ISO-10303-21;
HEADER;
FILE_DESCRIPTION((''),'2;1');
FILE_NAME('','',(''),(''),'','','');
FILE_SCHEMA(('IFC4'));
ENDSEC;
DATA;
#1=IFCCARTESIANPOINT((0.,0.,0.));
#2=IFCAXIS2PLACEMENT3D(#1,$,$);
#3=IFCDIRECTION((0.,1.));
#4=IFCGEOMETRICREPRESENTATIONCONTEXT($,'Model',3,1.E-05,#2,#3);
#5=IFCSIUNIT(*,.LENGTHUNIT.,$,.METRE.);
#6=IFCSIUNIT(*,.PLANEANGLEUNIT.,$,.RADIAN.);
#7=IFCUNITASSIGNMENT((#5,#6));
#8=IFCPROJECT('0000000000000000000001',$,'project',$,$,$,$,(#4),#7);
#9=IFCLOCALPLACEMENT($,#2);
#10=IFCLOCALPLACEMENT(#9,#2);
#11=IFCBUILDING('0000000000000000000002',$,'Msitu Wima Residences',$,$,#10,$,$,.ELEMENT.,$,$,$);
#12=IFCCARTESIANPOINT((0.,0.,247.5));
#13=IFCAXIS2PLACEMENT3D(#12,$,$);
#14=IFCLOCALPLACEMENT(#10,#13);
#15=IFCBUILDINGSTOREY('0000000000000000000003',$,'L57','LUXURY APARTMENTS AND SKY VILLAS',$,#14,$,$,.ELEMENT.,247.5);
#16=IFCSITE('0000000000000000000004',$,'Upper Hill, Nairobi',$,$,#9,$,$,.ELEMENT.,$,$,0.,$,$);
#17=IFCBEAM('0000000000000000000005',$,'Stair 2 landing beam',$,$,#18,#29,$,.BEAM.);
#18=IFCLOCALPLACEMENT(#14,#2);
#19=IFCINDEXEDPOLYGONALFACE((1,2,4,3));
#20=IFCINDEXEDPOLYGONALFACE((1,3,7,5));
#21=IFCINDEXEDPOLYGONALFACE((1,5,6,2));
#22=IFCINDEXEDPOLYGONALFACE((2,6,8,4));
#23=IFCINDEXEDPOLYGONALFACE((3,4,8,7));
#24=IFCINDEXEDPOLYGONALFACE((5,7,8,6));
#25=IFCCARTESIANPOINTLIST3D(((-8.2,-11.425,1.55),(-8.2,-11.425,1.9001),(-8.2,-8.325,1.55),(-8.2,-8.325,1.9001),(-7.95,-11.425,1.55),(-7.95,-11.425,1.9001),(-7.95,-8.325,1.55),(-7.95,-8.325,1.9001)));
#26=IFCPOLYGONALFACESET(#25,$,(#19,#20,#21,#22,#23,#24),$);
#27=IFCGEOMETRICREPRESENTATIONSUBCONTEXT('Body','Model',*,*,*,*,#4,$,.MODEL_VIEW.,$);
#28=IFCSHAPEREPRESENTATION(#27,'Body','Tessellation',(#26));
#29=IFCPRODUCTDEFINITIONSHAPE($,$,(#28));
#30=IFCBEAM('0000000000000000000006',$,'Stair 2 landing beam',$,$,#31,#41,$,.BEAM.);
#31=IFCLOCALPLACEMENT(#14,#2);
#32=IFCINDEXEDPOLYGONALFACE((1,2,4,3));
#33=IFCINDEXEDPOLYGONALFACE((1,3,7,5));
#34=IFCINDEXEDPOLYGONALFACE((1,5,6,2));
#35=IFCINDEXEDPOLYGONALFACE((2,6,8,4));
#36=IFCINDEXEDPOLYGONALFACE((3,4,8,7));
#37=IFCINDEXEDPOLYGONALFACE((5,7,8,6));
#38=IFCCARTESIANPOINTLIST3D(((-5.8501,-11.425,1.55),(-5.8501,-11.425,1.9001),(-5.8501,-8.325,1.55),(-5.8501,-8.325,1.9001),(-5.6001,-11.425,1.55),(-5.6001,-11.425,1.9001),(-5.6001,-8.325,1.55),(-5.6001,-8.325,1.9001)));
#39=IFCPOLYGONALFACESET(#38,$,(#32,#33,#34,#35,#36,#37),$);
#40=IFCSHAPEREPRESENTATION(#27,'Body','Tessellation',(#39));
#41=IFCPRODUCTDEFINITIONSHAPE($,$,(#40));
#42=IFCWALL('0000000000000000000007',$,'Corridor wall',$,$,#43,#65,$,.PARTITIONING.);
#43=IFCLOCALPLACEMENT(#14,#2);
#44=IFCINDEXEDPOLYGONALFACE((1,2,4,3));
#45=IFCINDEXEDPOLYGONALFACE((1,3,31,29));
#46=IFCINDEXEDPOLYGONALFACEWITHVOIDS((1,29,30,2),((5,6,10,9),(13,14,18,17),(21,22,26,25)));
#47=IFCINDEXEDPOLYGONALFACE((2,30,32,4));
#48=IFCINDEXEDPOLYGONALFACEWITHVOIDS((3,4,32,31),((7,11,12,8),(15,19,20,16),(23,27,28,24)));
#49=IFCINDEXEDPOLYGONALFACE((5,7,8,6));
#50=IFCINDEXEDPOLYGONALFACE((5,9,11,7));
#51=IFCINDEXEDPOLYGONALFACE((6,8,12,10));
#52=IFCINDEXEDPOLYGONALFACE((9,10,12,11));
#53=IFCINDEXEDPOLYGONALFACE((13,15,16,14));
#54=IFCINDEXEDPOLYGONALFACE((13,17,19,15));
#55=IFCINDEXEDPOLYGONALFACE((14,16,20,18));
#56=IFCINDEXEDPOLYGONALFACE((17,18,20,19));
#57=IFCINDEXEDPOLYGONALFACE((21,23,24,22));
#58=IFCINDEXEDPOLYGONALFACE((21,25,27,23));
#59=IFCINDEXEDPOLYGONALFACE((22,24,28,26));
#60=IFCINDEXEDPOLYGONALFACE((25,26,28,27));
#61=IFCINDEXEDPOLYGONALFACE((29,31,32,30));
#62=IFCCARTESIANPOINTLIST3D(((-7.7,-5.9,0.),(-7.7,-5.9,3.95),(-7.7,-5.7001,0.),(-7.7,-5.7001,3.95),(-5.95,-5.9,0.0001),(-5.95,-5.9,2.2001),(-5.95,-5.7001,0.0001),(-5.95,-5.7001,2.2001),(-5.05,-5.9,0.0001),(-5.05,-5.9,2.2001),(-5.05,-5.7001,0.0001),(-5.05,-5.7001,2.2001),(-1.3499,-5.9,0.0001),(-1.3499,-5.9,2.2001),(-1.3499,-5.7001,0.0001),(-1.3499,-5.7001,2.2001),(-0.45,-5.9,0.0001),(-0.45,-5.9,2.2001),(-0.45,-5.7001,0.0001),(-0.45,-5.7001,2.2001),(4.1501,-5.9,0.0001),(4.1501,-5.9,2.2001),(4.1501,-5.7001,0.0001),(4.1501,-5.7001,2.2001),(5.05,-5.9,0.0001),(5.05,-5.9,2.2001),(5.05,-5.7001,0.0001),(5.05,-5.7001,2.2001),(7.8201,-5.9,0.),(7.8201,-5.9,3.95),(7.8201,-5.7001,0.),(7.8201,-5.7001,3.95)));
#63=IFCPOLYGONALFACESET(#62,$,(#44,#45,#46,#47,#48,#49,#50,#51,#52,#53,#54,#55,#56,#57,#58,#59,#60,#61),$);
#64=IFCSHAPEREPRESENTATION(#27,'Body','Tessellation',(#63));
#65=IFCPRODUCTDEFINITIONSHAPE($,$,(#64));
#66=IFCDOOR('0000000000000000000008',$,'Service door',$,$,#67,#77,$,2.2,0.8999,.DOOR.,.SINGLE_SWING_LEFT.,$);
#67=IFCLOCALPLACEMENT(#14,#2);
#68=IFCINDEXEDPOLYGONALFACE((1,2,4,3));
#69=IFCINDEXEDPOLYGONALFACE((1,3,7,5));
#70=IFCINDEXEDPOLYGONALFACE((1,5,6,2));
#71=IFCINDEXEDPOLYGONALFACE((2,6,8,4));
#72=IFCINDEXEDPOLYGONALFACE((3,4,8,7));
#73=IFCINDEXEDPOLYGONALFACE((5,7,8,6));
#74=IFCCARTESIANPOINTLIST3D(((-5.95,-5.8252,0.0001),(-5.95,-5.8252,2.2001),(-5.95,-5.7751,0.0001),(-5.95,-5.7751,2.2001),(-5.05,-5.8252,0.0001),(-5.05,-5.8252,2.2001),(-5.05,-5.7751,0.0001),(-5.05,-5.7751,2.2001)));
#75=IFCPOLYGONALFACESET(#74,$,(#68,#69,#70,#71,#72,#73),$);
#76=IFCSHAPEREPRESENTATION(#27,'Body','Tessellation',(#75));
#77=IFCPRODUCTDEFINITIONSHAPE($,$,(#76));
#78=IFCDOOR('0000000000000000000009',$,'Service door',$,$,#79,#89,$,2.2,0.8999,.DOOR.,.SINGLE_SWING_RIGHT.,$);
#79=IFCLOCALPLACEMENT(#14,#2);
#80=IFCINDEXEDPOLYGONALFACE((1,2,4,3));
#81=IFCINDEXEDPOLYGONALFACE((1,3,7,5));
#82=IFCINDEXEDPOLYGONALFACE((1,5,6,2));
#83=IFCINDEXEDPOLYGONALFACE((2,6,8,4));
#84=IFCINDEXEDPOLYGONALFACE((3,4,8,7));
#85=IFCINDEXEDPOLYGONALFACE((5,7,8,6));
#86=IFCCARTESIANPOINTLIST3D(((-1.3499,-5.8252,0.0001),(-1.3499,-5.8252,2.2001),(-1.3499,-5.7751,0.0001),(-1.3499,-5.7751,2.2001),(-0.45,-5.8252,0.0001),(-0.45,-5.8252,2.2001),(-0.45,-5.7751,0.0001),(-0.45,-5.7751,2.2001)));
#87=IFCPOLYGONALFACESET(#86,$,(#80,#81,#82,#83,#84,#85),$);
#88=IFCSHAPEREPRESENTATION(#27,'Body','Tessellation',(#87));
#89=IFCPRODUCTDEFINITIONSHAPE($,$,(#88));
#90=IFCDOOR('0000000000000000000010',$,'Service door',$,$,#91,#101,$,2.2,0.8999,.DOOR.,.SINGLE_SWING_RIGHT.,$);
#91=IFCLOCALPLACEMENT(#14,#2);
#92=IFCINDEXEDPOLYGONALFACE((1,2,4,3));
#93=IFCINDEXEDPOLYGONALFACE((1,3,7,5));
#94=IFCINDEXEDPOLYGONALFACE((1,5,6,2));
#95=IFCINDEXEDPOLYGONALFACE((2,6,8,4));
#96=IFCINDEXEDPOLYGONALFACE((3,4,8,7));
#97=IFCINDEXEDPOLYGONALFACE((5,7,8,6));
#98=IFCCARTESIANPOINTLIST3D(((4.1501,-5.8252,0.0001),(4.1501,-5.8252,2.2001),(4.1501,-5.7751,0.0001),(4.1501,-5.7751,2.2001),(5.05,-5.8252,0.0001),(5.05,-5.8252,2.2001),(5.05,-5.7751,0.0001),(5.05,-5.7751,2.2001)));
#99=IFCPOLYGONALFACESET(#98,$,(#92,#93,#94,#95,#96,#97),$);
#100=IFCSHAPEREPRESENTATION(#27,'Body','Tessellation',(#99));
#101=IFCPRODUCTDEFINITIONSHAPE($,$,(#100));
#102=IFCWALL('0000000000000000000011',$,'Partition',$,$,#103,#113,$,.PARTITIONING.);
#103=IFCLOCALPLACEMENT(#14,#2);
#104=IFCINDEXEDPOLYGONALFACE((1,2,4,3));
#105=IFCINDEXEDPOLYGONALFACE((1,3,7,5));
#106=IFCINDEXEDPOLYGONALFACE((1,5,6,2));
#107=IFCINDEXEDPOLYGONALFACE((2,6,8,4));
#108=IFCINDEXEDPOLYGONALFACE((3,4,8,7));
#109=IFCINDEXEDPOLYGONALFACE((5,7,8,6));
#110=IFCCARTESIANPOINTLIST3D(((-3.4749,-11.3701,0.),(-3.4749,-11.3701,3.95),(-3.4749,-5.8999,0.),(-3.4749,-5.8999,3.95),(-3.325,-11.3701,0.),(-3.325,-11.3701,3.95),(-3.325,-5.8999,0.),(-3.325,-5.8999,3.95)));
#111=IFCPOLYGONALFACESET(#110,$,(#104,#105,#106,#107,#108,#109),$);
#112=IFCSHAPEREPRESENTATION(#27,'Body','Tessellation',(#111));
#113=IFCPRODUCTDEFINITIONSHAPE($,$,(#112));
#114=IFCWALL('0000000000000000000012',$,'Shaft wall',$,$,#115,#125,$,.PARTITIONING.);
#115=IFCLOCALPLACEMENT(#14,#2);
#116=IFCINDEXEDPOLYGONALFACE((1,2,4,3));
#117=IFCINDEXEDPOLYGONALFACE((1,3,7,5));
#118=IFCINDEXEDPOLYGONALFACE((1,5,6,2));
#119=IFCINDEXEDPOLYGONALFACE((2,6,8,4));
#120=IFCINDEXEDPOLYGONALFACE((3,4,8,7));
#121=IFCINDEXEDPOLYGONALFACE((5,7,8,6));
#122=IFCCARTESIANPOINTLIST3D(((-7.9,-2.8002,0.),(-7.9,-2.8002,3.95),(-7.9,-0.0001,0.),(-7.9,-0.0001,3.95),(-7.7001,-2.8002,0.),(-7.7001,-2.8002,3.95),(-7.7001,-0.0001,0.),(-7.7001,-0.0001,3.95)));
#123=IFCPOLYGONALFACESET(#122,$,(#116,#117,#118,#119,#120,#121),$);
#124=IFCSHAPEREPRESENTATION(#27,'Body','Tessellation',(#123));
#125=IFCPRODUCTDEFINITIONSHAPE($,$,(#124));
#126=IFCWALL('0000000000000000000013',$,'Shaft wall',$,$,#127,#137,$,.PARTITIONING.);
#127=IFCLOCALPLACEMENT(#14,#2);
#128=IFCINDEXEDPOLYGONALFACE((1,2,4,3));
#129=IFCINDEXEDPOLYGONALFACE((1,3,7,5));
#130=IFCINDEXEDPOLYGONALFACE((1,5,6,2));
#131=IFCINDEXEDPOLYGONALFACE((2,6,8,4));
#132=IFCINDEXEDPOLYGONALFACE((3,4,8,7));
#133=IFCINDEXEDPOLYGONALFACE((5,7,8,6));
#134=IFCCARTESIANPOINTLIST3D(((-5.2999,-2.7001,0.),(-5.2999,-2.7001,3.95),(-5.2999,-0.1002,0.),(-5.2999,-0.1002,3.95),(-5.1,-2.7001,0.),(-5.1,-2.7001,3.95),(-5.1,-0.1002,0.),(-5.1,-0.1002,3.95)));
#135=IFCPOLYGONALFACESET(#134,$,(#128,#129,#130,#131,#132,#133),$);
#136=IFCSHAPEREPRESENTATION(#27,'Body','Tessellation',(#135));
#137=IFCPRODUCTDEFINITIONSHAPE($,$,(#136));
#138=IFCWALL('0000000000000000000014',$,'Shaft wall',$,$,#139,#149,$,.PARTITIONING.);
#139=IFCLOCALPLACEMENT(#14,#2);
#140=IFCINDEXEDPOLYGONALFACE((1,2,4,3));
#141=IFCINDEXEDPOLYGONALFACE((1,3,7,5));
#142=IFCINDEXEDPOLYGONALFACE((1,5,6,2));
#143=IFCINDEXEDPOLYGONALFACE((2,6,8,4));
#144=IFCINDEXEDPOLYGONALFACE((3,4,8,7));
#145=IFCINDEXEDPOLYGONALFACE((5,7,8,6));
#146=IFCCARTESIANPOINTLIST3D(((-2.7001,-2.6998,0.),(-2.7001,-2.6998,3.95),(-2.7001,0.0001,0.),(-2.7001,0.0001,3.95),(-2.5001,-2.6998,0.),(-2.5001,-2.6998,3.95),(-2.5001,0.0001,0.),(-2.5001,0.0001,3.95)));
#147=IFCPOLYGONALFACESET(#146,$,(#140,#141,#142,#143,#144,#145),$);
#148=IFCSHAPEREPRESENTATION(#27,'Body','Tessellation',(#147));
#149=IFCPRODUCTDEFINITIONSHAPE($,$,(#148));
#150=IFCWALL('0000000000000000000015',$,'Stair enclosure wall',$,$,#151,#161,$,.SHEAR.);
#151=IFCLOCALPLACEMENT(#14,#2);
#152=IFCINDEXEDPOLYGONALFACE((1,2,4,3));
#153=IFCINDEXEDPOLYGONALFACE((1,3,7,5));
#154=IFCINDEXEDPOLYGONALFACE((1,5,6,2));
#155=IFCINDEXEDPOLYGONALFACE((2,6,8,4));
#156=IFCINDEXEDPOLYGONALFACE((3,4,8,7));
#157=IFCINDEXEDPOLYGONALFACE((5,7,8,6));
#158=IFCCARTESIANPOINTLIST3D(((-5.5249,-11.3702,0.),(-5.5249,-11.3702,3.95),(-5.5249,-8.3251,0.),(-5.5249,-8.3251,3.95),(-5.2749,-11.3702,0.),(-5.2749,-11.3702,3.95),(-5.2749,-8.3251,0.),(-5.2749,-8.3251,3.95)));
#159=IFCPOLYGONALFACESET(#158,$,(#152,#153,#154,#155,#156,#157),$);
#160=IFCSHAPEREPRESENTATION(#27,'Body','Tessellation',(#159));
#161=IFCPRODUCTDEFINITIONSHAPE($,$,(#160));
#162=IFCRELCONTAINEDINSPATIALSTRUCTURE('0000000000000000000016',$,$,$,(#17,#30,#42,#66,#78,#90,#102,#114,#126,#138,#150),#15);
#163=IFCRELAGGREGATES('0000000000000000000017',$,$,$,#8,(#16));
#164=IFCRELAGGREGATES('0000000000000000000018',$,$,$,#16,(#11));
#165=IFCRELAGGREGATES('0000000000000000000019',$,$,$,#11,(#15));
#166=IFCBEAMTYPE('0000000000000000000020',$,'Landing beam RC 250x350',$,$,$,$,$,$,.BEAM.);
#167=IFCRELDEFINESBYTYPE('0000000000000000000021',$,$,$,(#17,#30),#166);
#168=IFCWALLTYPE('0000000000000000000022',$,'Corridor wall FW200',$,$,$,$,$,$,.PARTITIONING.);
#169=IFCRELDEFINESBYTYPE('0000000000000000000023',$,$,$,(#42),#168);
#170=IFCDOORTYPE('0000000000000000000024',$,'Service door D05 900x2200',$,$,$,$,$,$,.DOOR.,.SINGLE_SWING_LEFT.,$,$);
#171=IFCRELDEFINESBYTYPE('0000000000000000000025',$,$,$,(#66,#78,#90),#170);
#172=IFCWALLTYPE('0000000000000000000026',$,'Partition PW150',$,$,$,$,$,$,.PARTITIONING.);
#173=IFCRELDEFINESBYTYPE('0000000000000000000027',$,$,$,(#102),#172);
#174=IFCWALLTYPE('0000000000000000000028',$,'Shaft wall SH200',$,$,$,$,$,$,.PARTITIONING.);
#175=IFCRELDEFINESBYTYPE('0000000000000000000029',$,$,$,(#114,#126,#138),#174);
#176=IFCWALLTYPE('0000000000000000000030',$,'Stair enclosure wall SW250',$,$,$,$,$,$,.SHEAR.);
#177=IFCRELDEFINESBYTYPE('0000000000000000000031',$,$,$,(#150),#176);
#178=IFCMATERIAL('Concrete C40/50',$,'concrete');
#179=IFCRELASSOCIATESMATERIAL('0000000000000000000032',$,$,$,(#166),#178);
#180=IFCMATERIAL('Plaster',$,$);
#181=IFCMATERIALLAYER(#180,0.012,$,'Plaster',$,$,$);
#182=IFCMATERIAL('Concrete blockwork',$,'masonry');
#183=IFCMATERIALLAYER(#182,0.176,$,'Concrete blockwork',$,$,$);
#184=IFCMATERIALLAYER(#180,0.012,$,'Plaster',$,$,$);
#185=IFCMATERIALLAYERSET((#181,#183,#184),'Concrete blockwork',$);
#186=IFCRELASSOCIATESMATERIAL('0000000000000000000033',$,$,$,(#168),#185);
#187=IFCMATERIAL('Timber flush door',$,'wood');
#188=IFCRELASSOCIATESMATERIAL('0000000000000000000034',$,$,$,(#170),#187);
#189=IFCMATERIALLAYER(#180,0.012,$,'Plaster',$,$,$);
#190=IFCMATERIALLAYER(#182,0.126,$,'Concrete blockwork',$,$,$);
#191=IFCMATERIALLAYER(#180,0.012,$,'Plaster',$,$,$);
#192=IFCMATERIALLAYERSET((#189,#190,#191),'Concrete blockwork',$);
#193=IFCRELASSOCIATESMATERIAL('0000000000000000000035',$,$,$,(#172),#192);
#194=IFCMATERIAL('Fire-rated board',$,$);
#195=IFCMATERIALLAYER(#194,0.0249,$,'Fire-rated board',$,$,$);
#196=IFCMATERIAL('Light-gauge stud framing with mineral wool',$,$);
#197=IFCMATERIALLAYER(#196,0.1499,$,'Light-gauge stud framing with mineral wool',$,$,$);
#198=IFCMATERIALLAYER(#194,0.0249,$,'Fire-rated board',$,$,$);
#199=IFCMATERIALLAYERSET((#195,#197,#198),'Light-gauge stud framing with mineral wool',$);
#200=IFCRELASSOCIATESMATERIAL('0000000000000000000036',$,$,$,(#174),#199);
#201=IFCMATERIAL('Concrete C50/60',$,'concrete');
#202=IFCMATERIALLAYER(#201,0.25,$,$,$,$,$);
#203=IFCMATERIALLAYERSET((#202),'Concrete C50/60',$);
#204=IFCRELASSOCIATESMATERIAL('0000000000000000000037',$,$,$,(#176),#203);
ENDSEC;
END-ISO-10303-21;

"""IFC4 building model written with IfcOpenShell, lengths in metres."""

from ifc_helpers import new_model, si_unit, direction, frame, frame_2d, origin, origin_2d, place, context, subcontext, project, spatial, rectangle, extrude, material, layer, layer_set, material_profile, profile_set, type_object, element, fill, save


model = new_model("IFC4")

# Units and contexts
model_context = context("Model", 3, precision=1e-05, world=origin(), true_north=direction((0.0, 1.0)))
body_context = subcontext(model_context, "Body", "Model", "MODEL_VIEW")
ifc_project = project(units=[si_unit("LENGTHUNIT", "METRE"), si_unit("PLANEANGLEUNIT", "RADIAN")], contexts=[model_context])

# Site, building, storey
site_placement = place(None, origin())
site = spatial("IfcSite", under=ifc_project, at=site_placement, Name="Upper Hill, Nairobi", CompositionType="ELEMENT", RefElevation=0.0)
building_placement = place(site_placement, origin())
building = spatial("IfcBuilding", under=site, at=building_placement, Name="Msitu Wima Residences", CompositionType="ELEMENT")
storey_placement = place(building_placement, frame((0.0, 0.0, 247.5)))
storey = spatial("IfcBuildingStorey", under=building, at=storey_placement, Name="L57", Description="LUXURY APARTMENTS AND SKY VILLAS", CompositionType="ELEMENT", Elevation=247.5)

# Beams
ifc_material_1 = material(Name="Concrete C40/50", Category="concrete")
ifc_material_profile = material_profile(ifc_material_1, rectangle(XDim=0.25, YDim=0.3501, at=origin_2d()), Name="RC 250x350")
ifc_profile_set = profile_set([ifc_material_profile], Name="Concrete C40/50")
beam_type = type_object("IfcBeamType", Name="Landing beam RC 250x350", PredefinedType="BEAM", material=ifc_profile_set)
for number, where, z_axis, x_axis, name in (
    (1, (-8.075, -11.425, 1.7251), (0.0, 1.0, 0.0), (-1.0, 0.0, 0.0), "Stair 2 landing beam"),
    (2, (-5.7251, -11.425, 1.7251), (0.0, 1.0, 0.0), (-1.0, 0.0, 0.0), "Stair 2 landing beam"),
):
    element("IfcBeam", number, at=place(storey_placement, frame(where, z_axis=z_axis, x_axis=x_axis)), inside=storey, type_object=beam_type, Name=name, PredefinedType="BEAM", context=body_context, shape_type="SweptSolid", body=[
        extrude(rectangle(XDim=0.25, YDim=0.3501, at=origin_2d()), origin(), (0.0, 0.0, 1.0), 3.1001),
    ])

# Shared definitions
ifc_material_2 = material(Name="Plaster")
ifc_layer_1 = layer(ifc_material_2, 0.012, Name="Plaster")
ifc_material_3 = material(Name="Concrete blockwork", Category="masonry")
ifc_layer_2 = layer(ifc_material_3, 0.176, Name="Concrete blockwork")
ifc_layer_3 = layer(ifc_material_2, 0.012, Name="Plaster")
ifc_layer_set_1 = layer_set([ifc_layer_1, ifc_layer_2, ifc_layer_3], Name="Concrete blockwork")
wall_type_1 = type_object("IfcWallType", Name="Corridor wall FW200", PredefinedType="PARTITIONING", material=ifc_layer_set_1)

# Wall, openings, doors
wall_1_placement = place(storey_placement, frame((-7.7, -5.8, 0.0), z_axis=(0.0, 0.0, 1.0), x_axis=(1.0, 0.0, 0.0)))
wall_1 = element("IfcWall", 3, at=wall_1_placement, inside=storey, type_object=wall_type_1, Name="Corridor wall", PredefinedType="PARTITIONING", context=body_context, shape_type="SweptSolid", body=[
    extrude(rectangle(XDim=15.52, YDim=0.2, at=frame_2d((7.76, 0.0))), origin(), (0.0, 0.0, 1.0), 3.95),
])
opening_1_placement = place(wall_1_placement, frame((1.75, 0.0, 0.0)))
opening_1 = element("IfcOpeningElement", 4, at=opening_1_placement, cuts=wall_1, PredefinedType="OPENING", context=body_context, shape_type="SweptSolid", body=[
    extrude(rectangle(XDim=0.8999, YDim=2.2, at=frame_2d((0.45, 1.1001))), frame((0.0, 0.1099, 0.0), z_axis=(0.0, -1.0, 0.0), x_axis=(1.0, 0.0, 0.0)), (0.0, 0.0, 1.0), 0.22),
])
opening_2_placement = place(wall_1_placement, frame((6.3501, 0.0, 0.0)))
opening_2 = element("IfcOpeningElement", 5, at=opening_2_placement, cuts=wall_1, PredefinedType="OPENING", context=body_context, shape_type="SweptSolid", body=[
    extrude(rectangle(XDim=0.8999, YDim=2.2, at=frame_2d((0.45, 1.1001))), frame((0.0, 0.1099, 0.0), z_axis=(0.0, -1.0, 0.0), x_axis=(1.0, 0.0, 0.0)), (0.0, 0.0, 1.0), 0.22),
])
opening_3_placement = place(wall_1_placement, frame((11.8501, 0.0, 0.0)))
opening_3 = element("IfcOpeningElement", 6, at=opening_3_placement, cuts=wall_1, PredefinedType="OPENING", context=body_context, shape_type="SweptSolid", body=[
    extrude(rectangle(XDim=0.8999, YDim=2.2, at=frame_2d((0.45, 1.1001))), frame((0.0, 0.1099, 0.0), z_axis=(0.0, -1.0, 0.0), x_axis=(1.0, 0.0, 0.0)), (0.0, 0.0, 1.0), 0.22),
])
ifc_material_4 = material(Name="Timber flush door", Category="wood")
door_type_1 = type_object("IfcDoorType", Name="Service door D05 900x2200", OperationType="SINGLE_SWING_LEFT", PredefinedType="DOOR", material=ifc_material_4)
door_1_placement = place(opening_1_placement, origin())
door_1 = element("IfcDoor", 7, at=door_1_placement, inside=storey, type_object=door_type_1, Name="Service door", OperationType="SINGLE_SWING_LEFT", OverallHeight=2.2, OverallWidth=0.8999, PredefinedType="DOOR", context=body_context, shape_type="SweptSolid", body=[
    extrude(rectangle(XDim=0.8999, YDim=2.2, at=frame_2d((0.45, 1.1001))), frame((0.0, 0.0249, 0.0), z_axis=(0.0, -1.0, 0.0), x_axis=(1.0, 0.0, 0.0)), (0.0, 0.0, 1.0), 0.05),
])
fill(opening_1, door_1)
door_2_placement = place(opening_2_placement, origin())
door_2 = element("IfcDoor", 8, at=door_2_placement, inside=storey, type_object=door_type_1, Name="Service door", OperationType="SINGLE_SWING_RIGHT", OverallHeight=2.2, OverallWidth=0.8999, PredefinedType="DOOR", context=body_context, shape_type="SweptSolid", body=[
    extrude(rectangle(XDim=0.8999, YDim=2.2, at=frame_2d((0.45, 1.1001))), frame((0.0, 0.0249, 0.0), z_axis=(0.0, -1.0, 0.0), x_axis=(1.0, 0.0, 0.0)), (0.0, 0.0, 1.0), 0.05),
])
fill(opening_2, door_2)
door_3_placement = place(opening_3_placement, origin())
door_3 = element("IfcDoor", 9, at=door_3_placement, inside=storey, type_object=door_type_1, Name="Service door", OperationType="SINGLE_SWING_RIGHT", OverallHeight=2.2, OverallWidth=0.8999, PredefinedType="DOOR", context=body_context, shape_type="SweptSolid", body=[
    extrude(rectangle(XDim=0.8999, YDim=2.2, at=frame_2d((0.45, 1.1001))), frame((0.0, 0.0249, 0.0), z_axis=(0.0, -1.0, 0.0), x_axis=(1.0, 0.0, 0.0)), (0.0, 0.0, 1.0), 0.05),
])
fill(opening_3, door_3)

# Walls
ifc_layer_4 = layer(ifc_material_2, 0.012, Name="Plaster")
ifc_layer_5 = layer(ifc_material_3, 0.126, Name="Concrete blockwork")
ifc_layer_6 = layer(ifc_material_2, 0.012, Name="Plaster")
ifc_layer_set_2 = layer_set([ifc_layer_4, ifc_layer_5, ifc_layer_6], Name="Concrete blockwork")
wall_type_2 = type_object("IfcWallType", Name="Partition PW150", PredefinedType="PARTITIONING", material=ifc_layer_set_2)
wall_2_placement = place(storey_placement, frame((-3.3999, -11.3701, 0.0), z_axis=(0.0, 0.0, 1.0), x_axis=(0.0, 1.0, 0.0)))
element("IfcWall", 10, at=wall_2_placement, inside=storey, type_object=wall_type_2, Name="Partition", PredefinedType="PARTITIONING", context=body_context, shape_type="SweptSolid", body=[
    extrude(rectangle(XDim=5.4702, YDim=0.1499, at=frame_2d((2.7351, 0.0))), origin(), (0.0, 0.0, 1.0), 3.95),
])
ifc_material_5 = material(Name="Fire-rated board")
ifc_layer_7 = layer(ifc_material_5, 0.0249, Name="Fire-rated board")
ifc_material_6 = material(Name="Light-gauge stud framing with mineral wool")
ifc_layer_8 = layer(ifc_material_6, 0.1499, Name="Light-gauge stud framing with mineral wool")
ifc_layer_9 = layer(ifc_material_5, 0.0249, Name="Fire-rated board")
ifc_layer_set_3 = layer_set([ifc_layer_7, ifc_layer_8, ifc_layer_9], Name="Light-gauge stud framing with mineral wool")
wall_type_3 = type_object("IfcWallType", Name="Shaft wall SH200", PredefinedType="PARTITIONING", material=ifc_layer_set_3)
wall_3_placement = place(storey_placement, frame((-7.8, -2.8, 0.0), z_axis=(0.0, 0.0, 1.0), x_axis=(0.0, 1.0, 0.0)))
element("IfcWall", 11, at=wall_3_placement, inside=storey, type_object=wall_type_3, Name="Shaft wall", PredefinedType="PARTITIONING", context=body_context, shape_type="SweptSolid", body=[
    extrude(rectangle(XDim=2.8, YDim=0.2, at=frame_2d((1.3999, 0.0))), origin(), (0.0, 0.0, 1.0), 3.95),
])
wall_4_placement = place(storey_placement, frame((-5.2, -2.7, 0.0), z_axis=(0.0, 0.0, 1.0), x_axis=(0.0, 1.0, 0.0)))
element("IfcWall", 12, at=wall_4_placement, inside=storey, type_object=wall_type_3, Name="Shaft wall", PredefinedType="PARTITIONING", context=body_context, shape_type="SweptSolid", body=[
    extrude(rectangle(XDim=2.5999, YDim=0.2, at=frame_2d((1.2998, 0.0))), origin(), (0.0, 0.0, 1.0), 3.95),
])
wall_5_placement = place(storey_placement, frame((-2.6001, -2.7, 0.0), z_axis=(0.0, 0.0, 1.0), x_axis=(0.0, 1.0, 0.0)))
element("IfcWall", 13, at=wall_5_placement, inside=storey, type_object=wall_type_3, Name="Shaft wall", PredefinedType="PARTITIONING", context=body_context, shape_type="SweptSolid", body=[
    extrude(rectangle(XDim=2.7, YDim=0.2, at=frame_2d((1.3501, 0.0))), origin(), (0.0, 0.0, 1.0), 3.95),
])
ifc_material_7 = material(Name="Concrete C50/60", Category="concrete")
ifc_layer_10 = layer(ifc_material_7, 0.25)
ifc_layer_set_4 = layer_set([ifc_layer_10], Name="Concrete C50/60")
wall_type_4 = type_object("IfcWallType", Name="Stair enclosure wall SW250", PredefinedType="SHEAR", material=ifc_layer_set_4)
wall_6_placement = place(storey_placement, frame((-5.3999, -11.3701, 0.0), z_axis=(0.0, 0.0, 1.0), x_axis=(0.0, 1.0, 0.0)))
element("IfcWall", 14, at=wall_6_placement, inside=storey, type_object=wall_type_4, Name="Stair enclosure wall", PredefinedType="SHEAR", context=body_context, shape_type="SweptSolid", body=[
    extrude(rectangle(XDim=3.0452, YDim=0.25, at=frame_2d((1.5225, 0.0))), origin(), (0.0, 0.0, 1.0), 3.95),
])

save(model, "model.ifc")
